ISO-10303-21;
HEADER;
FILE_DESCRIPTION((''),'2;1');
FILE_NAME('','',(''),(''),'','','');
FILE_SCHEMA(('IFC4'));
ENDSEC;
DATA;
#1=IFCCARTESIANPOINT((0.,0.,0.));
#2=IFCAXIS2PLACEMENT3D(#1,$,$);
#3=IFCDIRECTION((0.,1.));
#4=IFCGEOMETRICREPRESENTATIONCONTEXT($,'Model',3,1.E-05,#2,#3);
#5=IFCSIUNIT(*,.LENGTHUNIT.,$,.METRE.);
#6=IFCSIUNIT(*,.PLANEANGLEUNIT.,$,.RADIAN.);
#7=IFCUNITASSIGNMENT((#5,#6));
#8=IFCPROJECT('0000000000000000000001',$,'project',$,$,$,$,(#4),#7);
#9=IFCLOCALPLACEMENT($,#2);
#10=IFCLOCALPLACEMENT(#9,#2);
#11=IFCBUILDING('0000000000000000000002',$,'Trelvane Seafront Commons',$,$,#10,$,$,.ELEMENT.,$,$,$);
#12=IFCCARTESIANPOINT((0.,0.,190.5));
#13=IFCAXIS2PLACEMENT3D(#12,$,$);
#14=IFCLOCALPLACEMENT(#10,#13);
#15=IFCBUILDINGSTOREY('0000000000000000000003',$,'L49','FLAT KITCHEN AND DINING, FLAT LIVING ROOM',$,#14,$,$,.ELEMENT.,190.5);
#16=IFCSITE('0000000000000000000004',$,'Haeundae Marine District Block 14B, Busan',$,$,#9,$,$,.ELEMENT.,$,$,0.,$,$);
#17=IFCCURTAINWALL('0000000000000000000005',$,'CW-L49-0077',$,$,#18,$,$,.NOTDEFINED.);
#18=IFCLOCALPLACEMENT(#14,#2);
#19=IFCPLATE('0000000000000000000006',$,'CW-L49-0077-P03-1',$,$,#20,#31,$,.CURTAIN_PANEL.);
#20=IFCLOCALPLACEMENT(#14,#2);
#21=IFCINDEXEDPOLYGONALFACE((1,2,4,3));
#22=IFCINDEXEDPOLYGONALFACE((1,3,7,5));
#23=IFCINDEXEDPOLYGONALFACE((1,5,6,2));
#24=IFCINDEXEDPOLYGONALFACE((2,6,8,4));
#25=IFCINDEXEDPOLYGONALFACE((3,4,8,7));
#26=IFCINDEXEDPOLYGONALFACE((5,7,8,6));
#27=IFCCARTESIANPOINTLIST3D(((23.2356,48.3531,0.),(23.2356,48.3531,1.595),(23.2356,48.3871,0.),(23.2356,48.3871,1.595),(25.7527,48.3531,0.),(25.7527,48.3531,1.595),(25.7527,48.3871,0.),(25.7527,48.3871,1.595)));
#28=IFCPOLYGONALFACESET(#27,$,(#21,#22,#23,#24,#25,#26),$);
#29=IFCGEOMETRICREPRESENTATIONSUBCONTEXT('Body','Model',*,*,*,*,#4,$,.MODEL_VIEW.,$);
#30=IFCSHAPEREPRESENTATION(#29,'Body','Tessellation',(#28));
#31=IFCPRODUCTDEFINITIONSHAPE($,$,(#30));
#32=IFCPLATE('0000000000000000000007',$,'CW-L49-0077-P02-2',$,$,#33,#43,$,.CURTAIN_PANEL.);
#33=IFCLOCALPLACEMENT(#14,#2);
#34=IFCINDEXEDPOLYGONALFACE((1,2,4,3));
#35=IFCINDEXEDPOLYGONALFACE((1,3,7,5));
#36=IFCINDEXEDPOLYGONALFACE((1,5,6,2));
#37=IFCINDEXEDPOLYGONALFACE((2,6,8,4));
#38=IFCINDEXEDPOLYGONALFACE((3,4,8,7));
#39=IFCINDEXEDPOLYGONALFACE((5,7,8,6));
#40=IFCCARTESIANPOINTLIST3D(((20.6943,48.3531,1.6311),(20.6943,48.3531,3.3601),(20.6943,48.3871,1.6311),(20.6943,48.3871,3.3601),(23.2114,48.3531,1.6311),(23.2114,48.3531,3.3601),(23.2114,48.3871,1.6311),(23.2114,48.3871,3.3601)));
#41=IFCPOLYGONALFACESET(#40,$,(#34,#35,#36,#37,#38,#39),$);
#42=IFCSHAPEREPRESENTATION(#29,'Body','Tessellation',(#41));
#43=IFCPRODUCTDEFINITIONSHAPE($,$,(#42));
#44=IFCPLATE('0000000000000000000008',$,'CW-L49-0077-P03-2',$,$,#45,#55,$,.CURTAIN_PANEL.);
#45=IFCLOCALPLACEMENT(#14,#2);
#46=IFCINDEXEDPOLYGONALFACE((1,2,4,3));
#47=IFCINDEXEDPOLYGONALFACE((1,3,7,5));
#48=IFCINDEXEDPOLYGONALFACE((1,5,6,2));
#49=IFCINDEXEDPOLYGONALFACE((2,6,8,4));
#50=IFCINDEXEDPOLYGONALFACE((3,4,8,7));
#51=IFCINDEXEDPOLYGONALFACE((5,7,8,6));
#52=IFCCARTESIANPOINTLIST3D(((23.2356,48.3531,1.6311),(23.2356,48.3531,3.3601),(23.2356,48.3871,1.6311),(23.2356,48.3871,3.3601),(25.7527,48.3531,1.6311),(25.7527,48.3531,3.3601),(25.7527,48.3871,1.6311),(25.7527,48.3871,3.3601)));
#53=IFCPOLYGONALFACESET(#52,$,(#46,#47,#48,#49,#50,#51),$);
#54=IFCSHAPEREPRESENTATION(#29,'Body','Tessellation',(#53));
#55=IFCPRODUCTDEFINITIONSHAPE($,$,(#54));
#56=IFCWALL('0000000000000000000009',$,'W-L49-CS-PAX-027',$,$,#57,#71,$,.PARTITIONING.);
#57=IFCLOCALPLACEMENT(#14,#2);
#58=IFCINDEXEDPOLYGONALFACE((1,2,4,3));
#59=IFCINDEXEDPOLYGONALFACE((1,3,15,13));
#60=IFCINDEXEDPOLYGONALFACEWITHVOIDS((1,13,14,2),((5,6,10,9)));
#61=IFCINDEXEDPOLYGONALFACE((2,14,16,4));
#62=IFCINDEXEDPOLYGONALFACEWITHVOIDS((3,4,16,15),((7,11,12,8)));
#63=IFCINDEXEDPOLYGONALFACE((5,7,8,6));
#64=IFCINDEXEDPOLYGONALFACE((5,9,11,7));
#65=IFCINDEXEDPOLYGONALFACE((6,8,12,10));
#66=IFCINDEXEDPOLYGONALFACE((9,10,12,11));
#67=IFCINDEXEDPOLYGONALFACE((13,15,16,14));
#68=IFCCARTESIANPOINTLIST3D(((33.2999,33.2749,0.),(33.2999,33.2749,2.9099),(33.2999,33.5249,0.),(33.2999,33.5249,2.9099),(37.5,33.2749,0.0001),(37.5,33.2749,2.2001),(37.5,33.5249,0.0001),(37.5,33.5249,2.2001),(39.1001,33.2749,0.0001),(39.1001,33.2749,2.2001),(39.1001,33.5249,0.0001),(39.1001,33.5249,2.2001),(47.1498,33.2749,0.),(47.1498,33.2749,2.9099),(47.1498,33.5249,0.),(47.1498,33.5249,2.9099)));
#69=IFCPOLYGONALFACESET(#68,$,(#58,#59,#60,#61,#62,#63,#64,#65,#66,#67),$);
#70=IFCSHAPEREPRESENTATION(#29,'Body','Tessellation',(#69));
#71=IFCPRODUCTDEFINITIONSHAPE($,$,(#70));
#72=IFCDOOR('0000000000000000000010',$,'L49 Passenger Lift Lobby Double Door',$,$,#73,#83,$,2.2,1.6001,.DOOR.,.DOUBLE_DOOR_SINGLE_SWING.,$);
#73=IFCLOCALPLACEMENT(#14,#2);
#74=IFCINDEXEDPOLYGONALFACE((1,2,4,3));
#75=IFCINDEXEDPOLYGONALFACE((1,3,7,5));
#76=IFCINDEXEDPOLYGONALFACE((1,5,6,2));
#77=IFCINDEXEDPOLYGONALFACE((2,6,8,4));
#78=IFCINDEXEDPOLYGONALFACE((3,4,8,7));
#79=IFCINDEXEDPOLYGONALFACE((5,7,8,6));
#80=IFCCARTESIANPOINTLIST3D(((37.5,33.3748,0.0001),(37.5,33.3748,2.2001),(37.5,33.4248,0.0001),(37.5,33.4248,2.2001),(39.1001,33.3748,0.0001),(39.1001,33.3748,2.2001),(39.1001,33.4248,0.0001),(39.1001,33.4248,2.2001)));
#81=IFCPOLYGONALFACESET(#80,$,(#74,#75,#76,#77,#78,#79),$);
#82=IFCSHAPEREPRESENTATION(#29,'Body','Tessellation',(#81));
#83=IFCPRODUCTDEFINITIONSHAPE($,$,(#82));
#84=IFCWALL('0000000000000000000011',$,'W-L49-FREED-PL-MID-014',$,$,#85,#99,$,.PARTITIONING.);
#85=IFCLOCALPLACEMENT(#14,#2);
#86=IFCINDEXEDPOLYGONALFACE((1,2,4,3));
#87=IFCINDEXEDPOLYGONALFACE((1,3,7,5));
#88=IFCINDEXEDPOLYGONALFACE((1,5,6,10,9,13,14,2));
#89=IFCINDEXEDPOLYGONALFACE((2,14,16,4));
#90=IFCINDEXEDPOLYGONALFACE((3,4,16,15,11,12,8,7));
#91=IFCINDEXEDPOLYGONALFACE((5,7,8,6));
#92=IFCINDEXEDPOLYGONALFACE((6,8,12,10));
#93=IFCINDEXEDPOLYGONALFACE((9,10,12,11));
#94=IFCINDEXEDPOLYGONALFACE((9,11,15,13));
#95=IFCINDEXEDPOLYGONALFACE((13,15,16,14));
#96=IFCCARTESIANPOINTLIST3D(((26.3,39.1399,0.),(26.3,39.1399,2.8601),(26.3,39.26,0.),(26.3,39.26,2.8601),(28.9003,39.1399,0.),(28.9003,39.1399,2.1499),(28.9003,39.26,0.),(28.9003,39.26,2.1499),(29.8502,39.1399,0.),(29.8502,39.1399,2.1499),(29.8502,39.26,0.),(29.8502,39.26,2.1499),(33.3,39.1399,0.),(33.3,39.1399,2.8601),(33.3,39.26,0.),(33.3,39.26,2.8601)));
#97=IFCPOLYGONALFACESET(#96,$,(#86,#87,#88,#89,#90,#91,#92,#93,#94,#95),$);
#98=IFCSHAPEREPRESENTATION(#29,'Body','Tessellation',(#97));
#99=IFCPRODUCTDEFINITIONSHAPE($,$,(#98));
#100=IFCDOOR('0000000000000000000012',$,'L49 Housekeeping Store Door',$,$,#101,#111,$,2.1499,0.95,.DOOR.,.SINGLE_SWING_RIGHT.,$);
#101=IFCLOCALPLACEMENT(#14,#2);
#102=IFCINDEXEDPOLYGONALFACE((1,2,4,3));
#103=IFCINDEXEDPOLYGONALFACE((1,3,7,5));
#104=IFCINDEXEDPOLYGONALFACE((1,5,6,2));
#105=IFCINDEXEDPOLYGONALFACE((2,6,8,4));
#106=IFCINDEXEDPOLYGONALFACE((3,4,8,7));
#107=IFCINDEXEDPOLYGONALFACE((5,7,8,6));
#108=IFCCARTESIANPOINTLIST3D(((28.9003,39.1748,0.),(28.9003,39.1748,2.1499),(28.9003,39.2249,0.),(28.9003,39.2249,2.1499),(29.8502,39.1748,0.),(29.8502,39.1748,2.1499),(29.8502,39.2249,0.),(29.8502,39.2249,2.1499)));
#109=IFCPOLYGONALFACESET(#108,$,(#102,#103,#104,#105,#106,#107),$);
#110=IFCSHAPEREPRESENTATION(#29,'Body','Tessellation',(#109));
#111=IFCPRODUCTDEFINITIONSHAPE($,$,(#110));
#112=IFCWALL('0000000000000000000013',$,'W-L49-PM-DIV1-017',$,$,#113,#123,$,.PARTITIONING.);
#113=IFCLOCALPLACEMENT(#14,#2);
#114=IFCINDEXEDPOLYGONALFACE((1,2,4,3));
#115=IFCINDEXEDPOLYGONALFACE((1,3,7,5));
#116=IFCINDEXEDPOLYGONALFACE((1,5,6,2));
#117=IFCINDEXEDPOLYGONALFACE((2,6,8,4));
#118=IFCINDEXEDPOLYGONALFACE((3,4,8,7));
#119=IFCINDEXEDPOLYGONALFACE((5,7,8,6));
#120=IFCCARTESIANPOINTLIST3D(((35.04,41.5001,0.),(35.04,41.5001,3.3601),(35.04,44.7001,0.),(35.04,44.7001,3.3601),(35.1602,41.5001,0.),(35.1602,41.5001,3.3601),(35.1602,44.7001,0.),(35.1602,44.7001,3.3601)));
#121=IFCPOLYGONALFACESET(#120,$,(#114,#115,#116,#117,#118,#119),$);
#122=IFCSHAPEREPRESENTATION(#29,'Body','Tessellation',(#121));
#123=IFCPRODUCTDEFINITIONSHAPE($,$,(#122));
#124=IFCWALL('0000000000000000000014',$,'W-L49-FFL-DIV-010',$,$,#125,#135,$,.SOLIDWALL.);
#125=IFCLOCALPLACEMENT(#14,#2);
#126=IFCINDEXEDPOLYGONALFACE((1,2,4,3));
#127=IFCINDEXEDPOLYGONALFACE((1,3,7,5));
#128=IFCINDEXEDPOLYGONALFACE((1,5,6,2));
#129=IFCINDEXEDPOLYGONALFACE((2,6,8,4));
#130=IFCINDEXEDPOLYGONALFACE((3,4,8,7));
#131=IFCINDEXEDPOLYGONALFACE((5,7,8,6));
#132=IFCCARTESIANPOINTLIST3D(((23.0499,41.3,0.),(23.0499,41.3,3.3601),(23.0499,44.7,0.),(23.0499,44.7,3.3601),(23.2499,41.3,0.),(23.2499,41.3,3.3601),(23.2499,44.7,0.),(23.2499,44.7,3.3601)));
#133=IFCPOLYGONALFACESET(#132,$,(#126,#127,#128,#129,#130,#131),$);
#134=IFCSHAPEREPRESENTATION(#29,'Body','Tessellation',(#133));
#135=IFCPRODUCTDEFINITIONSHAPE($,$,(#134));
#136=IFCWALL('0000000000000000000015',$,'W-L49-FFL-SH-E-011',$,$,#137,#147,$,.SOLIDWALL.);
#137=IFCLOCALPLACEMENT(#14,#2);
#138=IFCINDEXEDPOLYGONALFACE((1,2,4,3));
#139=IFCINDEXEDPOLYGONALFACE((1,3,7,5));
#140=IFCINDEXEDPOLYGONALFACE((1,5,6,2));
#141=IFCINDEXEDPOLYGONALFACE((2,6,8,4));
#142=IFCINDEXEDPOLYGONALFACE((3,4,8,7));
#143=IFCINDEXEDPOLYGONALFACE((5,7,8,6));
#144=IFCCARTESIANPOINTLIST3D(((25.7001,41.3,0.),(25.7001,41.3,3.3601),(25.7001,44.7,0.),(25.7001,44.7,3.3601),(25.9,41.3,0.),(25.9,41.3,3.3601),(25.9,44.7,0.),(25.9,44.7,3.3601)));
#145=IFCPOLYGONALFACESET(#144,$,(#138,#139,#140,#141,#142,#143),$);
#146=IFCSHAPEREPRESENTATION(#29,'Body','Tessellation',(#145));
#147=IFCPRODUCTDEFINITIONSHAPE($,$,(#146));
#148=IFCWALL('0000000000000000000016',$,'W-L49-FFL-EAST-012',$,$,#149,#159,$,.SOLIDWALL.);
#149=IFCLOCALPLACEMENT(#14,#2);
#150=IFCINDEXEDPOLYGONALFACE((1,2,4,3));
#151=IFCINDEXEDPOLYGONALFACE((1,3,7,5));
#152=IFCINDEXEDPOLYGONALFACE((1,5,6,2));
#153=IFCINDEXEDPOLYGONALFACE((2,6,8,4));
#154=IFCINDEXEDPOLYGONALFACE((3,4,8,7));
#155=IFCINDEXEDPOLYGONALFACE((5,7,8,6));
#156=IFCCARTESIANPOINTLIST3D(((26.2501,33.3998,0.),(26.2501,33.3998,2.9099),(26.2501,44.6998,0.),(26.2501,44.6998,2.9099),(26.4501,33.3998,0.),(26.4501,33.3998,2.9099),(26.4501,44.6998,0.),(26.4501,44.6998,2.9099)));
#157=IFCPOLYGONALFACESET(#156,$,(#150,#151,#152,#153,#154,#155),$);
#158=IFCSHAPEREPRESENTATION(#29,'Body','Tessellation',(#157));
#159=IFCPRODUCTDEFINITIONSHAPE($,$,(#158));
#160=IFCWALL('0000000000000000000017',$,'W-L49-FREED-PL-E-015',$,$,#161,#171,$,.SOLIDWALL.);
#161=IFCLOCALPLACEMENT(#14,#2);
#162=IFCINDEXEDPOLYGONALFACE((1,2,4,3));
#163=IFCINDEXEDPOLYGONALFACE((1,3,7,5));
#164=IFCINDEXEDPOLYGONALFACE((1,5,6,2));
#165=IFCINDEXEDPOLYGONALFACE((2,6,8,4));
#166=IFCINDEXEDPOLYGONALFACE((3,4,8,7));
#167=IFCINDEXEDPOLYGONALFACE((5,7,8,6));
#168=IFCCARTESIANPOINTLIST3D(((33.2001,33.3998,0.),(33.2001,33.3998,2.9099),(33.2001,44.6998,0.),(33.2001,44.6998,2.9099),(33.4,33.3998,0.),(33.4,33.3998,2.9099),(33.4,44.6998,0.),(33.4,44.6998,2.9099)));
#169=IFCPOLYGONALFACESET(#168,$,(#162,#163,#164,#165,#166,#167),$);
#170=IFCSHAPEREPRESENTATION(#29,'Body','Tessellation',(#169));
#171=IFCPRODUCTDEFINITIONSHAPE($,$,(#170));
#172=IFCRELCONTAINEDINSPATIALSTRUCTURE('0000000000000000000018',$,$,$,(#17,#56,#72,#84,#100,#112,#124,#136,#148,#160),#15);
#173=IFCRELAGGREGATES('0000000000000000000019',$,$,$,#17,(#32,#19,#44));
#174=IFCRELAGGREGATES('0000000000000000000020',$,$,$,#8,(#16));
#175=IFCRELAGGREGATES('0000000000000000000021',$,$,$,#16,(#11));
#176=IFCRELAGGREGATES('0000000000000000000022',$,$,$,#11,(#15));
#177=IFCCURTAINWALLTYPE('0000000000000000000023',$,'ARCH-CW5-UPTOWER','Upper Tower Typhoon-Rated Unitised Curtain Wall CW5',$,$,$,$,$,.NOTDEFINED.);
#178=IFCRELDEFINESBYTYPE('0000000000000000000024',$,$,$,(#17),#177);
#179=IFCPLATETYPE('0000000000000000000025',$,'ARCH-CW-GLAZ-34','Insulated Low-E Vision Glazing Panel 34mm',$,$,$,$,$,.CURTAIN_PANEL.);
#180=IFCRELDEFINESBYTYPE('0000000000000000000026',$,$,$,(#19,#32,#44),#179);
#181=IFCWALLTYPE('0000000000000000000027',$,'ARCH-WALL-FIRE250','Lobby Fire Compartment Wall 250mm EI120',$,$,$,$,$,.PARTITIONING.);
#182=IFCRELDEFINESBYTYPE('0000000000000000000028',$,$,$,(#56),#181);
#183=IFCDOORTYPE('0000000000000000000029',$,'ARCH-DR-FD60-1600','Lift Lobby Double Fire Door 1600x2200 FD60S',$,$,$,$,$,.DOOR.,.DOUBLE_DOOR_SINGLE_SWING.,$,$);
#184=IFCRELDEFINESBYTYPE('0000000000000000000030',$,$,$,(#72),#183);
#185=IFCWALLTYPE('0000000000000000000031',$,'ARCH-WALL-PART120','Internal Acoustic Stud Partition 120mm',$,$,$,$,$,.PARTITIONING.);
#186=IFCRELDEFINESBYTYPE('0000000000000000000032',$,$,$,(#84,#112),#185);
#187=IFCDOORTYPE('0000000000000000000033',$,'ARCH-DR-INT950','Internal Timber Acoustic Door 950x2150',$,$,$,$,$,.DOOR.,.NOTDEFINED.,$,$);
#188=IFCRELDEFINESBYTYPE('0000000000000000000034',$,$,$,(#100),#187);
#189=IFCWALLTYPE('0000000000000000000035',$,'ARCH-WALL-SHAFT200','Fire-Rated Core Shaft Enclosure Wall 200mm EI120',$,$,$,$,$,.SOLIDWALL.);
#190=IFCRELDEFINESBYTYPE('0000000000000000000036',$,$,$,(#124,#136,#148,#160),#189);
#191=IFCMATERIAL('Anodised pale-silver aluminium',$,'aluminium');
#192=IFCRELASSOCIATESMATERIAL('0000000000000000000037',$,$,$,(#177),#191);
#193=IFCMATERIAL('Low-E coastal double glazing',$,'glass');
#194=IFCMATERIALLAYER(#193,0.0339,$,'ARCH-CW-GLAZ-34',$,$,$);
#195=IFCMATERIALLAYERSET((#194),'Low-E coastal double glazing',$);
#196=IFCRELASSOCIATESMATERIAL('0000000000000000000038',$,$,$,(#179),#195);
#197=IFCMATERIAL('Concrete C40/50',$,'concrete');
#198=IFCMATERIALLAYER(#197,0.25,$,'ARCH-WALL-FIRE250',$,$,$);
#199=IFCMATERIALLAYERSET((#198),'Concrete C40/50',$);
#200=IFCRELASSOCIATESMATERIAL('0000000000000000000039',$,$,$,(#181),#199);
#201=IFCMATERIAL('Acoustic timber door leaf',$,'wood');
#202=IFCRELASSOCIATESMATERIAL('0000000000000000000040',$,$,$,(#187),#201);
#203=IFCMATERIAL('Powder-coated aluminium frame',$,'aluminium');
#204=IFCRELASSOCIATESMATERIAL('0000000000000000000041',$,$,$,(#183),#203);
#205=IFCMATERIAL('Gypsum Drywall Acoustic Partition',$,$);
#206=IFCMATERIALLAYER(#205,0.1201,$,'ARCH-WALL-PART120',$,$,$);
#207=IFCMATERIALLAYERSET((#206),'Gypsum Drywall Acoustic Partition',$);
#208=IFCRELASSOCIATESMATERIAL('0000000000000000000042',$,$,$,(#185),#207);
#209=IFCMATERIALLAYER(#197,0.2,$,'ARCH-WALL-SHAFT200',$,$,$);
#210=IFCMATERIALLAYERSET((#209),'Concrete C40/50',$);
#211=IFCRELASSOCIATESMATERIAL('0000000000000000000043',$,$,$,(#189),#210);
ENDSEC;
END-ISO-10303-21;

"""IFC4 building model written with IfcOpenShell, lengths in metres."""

from ifc_helpers import new_model, si_unit, direction, frame, frame_2d, origin, origin_2d, place, context, subcontext, project, spatial, rectangle, extrude, source, transform, mapped, material, layer, layer_set, type_object, element, fill, aggregate, save


model = new_model("IFC4")

# Units and contexts
model_context = context("Model", 3, precision=1e-05, world=origin(), true_north=direction((0.0, 1.0)))
body_context = subcontext(model_context, "Body", "Model", "MODEL_VIEW")
ifc_project = project(units=[si_unit("LENGTHUNIT", "METRE"), si_unit("PLANEANGLEUNIT", "RADIAN")], contexts=[model_context])

# Site, building, storey
site_placement = place(None, origin())
site = spatial("IfcSite", under=ifc_project, at=site_placement, Name="Haeundae Marine District Block 14B, Busan", CompositionType="ELEMENT", RefElevation=0.0)
building_placement = place(site_placement, origin())
building = spatial("IfcBuilding", under=site, at=building_placement, Name="Trelvane Seafront Commons", CompositionType="ELEMENT")
storey_placement = place(building_placement, frame((0.0, 0.0, 190.5)))
storey = spatial("IfcBuildingStorey", under=building, at=storey_placement, Name="L49", Description="FLAT KITCHEN AND DINING, FLAT LIVING ROOM", CompositionType="ELEMENT", Elevation=190.5)

# Curtain wall, plates
ifc_material_1 = material(Name="Anodised pale-silver aluminium", Category="aluminium")
curtain_wall_type = type_object("IfcCurtainWallType", Name="ARCH-CW5-UPTOWER", Description="Upper Tower Typhoon-Rated Unitised Curtain Wall CW5", PredefinedType="NOTDEFINED", material=ifc_material_1)
curtain_wall_placement = place(storey_placement, origin())
curtain_wall = element("IfcCurtainWall", 1, at=curtain_wall_placement, inside=storey, type_object=curtain_wall_type, Name="CW-L49-0077", PredefinedType="NOTDEFINED")
ifc_material_2 = material(Name="Low-E coastal double glazing", Category="glass")
ifc_layer_1 = layer(ifc_material_2, 0.0339, Name="ARCH-CW-GLAZ-34")
ifc_layer_set_1 = layer_set([ifc_layer_1], Name="Low-E coastal double glazing")
plate_type = type_object("IfcPlateType", Name="ARCH-CW-GLAZ-34", Description="Insulated Low-E Vision Glazing Panel 34mm", PredefinedType="CURTAIN_PANEL", material=ifc_layer_set_1)
shared_shape_1 = source(origin(), body_context, "Body", "SweptSolid", [
    extrude(rectangle(XDim=2.5171, YDim=0.0339, at=origin_2d()), origin(), (0.0, 0.0, 1.0), 1.595),
])
plate_1_placement = place(storey_placement, frame((24.4941, 48.3701, 0.0), z_axis=(0.0, 0.0, 1.0), x_axis=(1.0, 0.0, 0.0)))
plate_1 = element("IfcPlate", 2, at=plate_1_placement, type_object=plate_type, Name="CW-L49-0077-P03-1", PredefinedType="CURTAIN_PANEL", context=body_context, shape_type="MappedRepresentation", body=[
    mapped(shared_shape_1, transform((0.0, 0.0, 0.0), x_axis=(1.0, 0.0, 0.0), y_axis=(0.0, 1.0, 0.0), z_axis=(0.0, 0.0, 1.0), scale=1.0)),
])
shared_shape_2 = source(origin(), body_context, "Body", "SweptSolid", [
    extrude(rectangle(XDim=2.5171, YDim=0.0339, at=origin_2d()), origin(), (0.0, 0.0, 1.0), 1.729),
])
plate_2_placement = place(storey_placement, frame((21.9529, 48.3701, 1.6311), z_axis=(0.0, 0.0, 1.0), x_axis=(1.0, 0.0, 0.0)))
plate_2 = element("IfcPlate", 3, at=plate_2_placement, type_object=plate_type, Name="CW-L49-0077-P02-2", PredefinedType="CURTAIN_PANEL", context=body_context, shape_type="MappedRepresentation", body=[
    mapped(shared_shape_2, transform((0.0, 0.0, 0.0), x_axis=(1.0, 0.0, 0.0), y_axis=(0.0, 1.0, 0.0), z_axis=(0.0, 0.0, 1.0), scale=1.0)),
])
plate_3_placement = place(storey_placement, frame((24.4941, 48.3701, 1.6311), z_axis=(0.0, 0.0, 1.0), x_axis=(1.0, 0.0, 0.0)))
plate_3 = element("IfcPlate", 4, at=plate_3_placement, type_object=plate_type, Name="CW-L49-0077-P03-2", PredefinedType="CURTAIN_PANEL", context=body_context, shape_type="MappedRepresentation", body=[
    mapped(shared_shape_2, transform((0.0, 0.0, 0.0), x_axis=(1.0, 0.0, 0.0), y_axis=(0.0, 1.0, 0.0), z_axis=(0.0, 0.0, 1.0), scale=1.0)),
])
aggregate(curtain_wall, [plate_2, plate_1, plate_3])

# Walls, openings, doors
ifc_material_3 = material(Name="Concrete C40/50", Category="concrete")
ifc_layer_2 = layer(ifc_material_3, 0.25, Name="ARCH-WALL-FIRE250")
ifc_layer_set_2 = layer_set([ifc_layer_2], Name="Concrete C40/50")
wall_type_1 = type_object("IfcWallType", Name="ARCH-WALL-FIRE250", Description="Lobby Fire Compartment Wall 250mm EI120", PredefinedType="PARTITIONING", material=ifc_layer_set_2)
ifc_material_4 = material(Name="Acoustic timber door leaf", Category="wood")
door_type_1 = type_object("IfcDoorType", Name="ARCH-DR-INT950", Description="Internal Timber Acoustic Door 950x2150", OperationType="NOTDEFINED", PredefinedType="DOOR", material=ifc_material_4)
shared_shape_3 = source(origin(), body_context, "Body", "SweptSolid", [
    extrude(rectangle(XDim=0.95, YDim=2.1499, at=frame_2d((0.4751, 1.075))), frame((0.0, 0.0249, 0.0), z_axis=(0.0, -1.0, 0.0), x_axis=(1.0, 0.0, 0.0)), (0.0, 0.0, 1.0), 0.05),
])
wall_1_placement = place(storey_placement, frame((33.3, 33.3999, 0.0), z_axis=(0.0, 0.0, 1.0), x_axis=(1.0, 0.0, 0.0)))
wall_1 = element("IfcWall", 5, at=wall_1_placement, inside=storey, type_object=wall_type_1, Name="W-L49-CS-PAX-027", PredefinedType="PARTITIONING", context=body_context, shape_type="SweptSolid", body=[
    extrude(rectangle(XDim=13.8499, YDim=0.25, at=frame_2d((6.9248, 0.0))), origin(), (0.0, 0.0, 1.0), 2.9099),
])
opening_1_placement = place(wall_1_placement, frame((4.2, 0.0, 0.0)))
opening_1 = element("IfcOpeningElement", 6, at=opening_1_placement, cuts=wall_1, PredefinedType="OPENING", context=body_context, shape_type="SweptSolid", body=[
    extrude(rectangle(XDim=1.6001, YDim=2.2, at=frame_2d((0.8, 1.1001))), frame((0.0, 0.135, 0.0), z_axis=(0.0, -1.0, 0.0), x_axis=(1.0, 0.0, 0.0)), (0.0, 0.0, 1.0), 0.27),
])
ifc_material_5 = material(Name="Powder-coated aluminium frame", Category="aluminium")
door_type_2 = type_object("IfcDoorType", Name="ARCH-DR-FD60-1600", Description="Lift Lobby Double Fire Door 1600x2200 FD60S", OperationType="DOUBLE_DOOR_SINGLE_SWING", PredefinedType="DOOR", material=ifc_material_5)
shared_shape_4 = source(origin(), body_context, "Body", "SweptSolid", [
    extrude(rectangle(XDim=1.6001, YDim=2.2, at=frame_2d((0.8, 1.1001))), frame((0.0, 0.0249, 0.0), z_axis=(0.0, -1.0, 0.0), x_axis=(1.0, 0.0, 0.0)), (0.0, 0.0, 1.0), 0.05),
])
door_1_placement = place(opening_1_placement, origin())
door_1 = element("IfcDoor", 7, at=door_1_placement, inside=storey, type_object=door_type_2, Name="L49 Passenger Lift Lobby Double Door", OperationType="DOUBLE_DOOR_SINGLE_SWING", OverallHeight=2.2, OverallWidth=1.6001, PredefinedType="DOOR", context=body_context, shape_type="MappedRepresentation", body=[
    mapped(shared_shape_4, transform((0.0, 0.0, 0.0), x_axis=(1.0, 0.0, 0.0), y_axis=(0.0, 1.0, 0.0), z_axis=(0.0, 0.0, 1.0), scale=1.0)),
])
fill(opening_1, door_1)
ifc_material_6 = material(Name="Gypsum Drywall Acoustic Partition")
ifc_layer_3 = layer(ifc_material_6, 0.1201, Name="ARCH-WALL-PART120")
ifc_layer_set_3 = layer_set([ifc_layer_3], Name="Gypsum Drywall Acoustic Partition")
wall_type_2 = type_object("IfcWallType", Name="ARCH-WALL-PART120", Description="Internal Acoustic Stud Partition 120mm", PredefinedType="PARTITIONING", material=ifc_layer_set_3)
wall_2_placement = place(storey_placement, frame((26.3, 39.2, 0.0), z_axis=(0.0, 0.0, 1.0), x_axis=(1.0, 0.0, 0.0)))
wall_2 = element("IfcWall", 8, at=wall_2_placement, inside=storey, type_object=wall_type_2, Name="W-L49-FREED-PL-MID-014", PredefinedType="PARTITIONING", context=body_context, shape_type="SweptSolid", body=[
    extrude(rectangle(XDim=7.0, YDim=0.1201, at=frame_2d((3.5, 0.0))), origin(), (0.0, 0.0, 1.0), 2.8601),
])
opening_2_placement = place(wall_2_placement, frame((2.6001, 0.0, 0.0)))
opening_2 = element("IfcOpeningElement", 9, at=opening_2_placement, cuts=wall_2, PredefinedType="OPENING", context=body_context, shape_type="SweptSolid", body=[
    extrude(rectangle(XDim=0.95, YDim=2.1499, at=frame_2d((0.4751, 1.075))), frame((0.0, 0.0701, 0.0), z_axis=(0.0, -1.0, 0.0), x_axis=(1.0, 0.0, 0.0)), (0.0, 0.0, 1.0), 0.1401),
])
door_2_placement = place(opening_2_placement, origin())
door_2 = element("IfcDoor", 10, at=door_2_placement, inside=storey, type_object=door_type_1, Name="L49 Housekeeping Store Door", OperationType="SINGLE_SWING_RIGHT", OverallHeight=2.1499, OverallWidth=0.95, PredefinedType="DOOR", context=body_context, shape_type="MappedRepresentation", body=[
    mapped(shared_shape_3, transform((0.0, 0.0, 0.0), x_axis=(1.0, 0.0, 0.0), y_axis=(0.0, 1.0, 0.0), z_axis=(0.0, 0.0, 1.0), scale=1.0)),
])
fill(opening_2, door_2)

# Walls
wall_3_placement = place(storey_placement, frame((35.1001, 41.5, 0.0), z_axis=(0.0, 0.0, 1.0), x_axis=(0.0, 1.0, 0.0)))
element("IfcWall", 11, at=wall_3_placement, inside=storey, type_object=wall_type_2, Name="W-L49-PM-DIV1-017", PredefinedType="PARTITIONING", context=body_context, shape_type="SweptSolid", body=[
    extrude(rectangle(XDim=3.2, YDim=0.1201, at=frame_2d((1.6001, 0.0))), origin(), (0.0, 0.0, 1.0), 3.3601),
])
ifc_layer_4 = layer(ifc_material_3, 0.2, Name="ARCH-WALL-SHAFT200")
ifc_layer_set_4 = layer_set([ifc_layer_4], Name="Concrete C40/50")
wall_type_3 = type_object("IfcWallType", Name="ARCH-WALL-SHAFT200", Description="Fire-Rated Core Shaft Enclosure Wall 200mm EI120", PredefinedType="SOLIDWALL", material=ifc_layer_set_4)
for number, where, z_axis, x_axis, name in (
    (12, (23.1499, 41.3, 0.0), (0.0, 0.0, 1.0), (0.0, 1.0, 0.0), "W-L49-FFL-DIV-010"),
    (13, (25.8, 41.3, 0.0), (0.0, 0.0, 1.0), (0.0, 1.0, 0.0), "W-L49-FFL-SH-E-011"),
):
    element("IfcWall", number, at=place(storey_placement, frame(where, z_axis=z_axis, x_axis=x_axis)), inside=storey, type_object=wall_type_3, Name=name, PredefinedType="SOLIDWALL", context=body_context, shape_type="SweptSolid", body=[
        extrude(rectangle(XDim=3.3999, YDim=0.2, at=frame_2d((1.7, 0.0))), origin(), (0.0, 0.0, 1.0), 3.3601),
    ])
for number, where, z_axis, x_axis, name in (
    (14, (26.3501, 33.3999, 0.0), (0.0, 0.0, 1.0), (0.0, 1.0, 0.0), "W-L49-FFL-EAST-012"),
    (15, (33.3, 33.3999, 0.0), (0.0, 0.0, 1.0), (0.0, 1.0, 0.0), "W-L49-FREED-PL-E-015"),
):
    element("IfcWall", number, at=place(storey_placement, frame(where, z_axis=z_axis, x_axis=x_axis)), inside=storey, type_object=wall_type_3, Name=name, PredefinedType="SOLIDWALL", context=body_context, shape_type="SweptSolid", body=[
        extrude(rectangle(XDim=11.3, YDim=0.2, at=frame_2d((5.6499, 0.0))), origin(), (0.0, 0.0, 1.0), 2.9099),
    ])

save(model, "model.ifc")
